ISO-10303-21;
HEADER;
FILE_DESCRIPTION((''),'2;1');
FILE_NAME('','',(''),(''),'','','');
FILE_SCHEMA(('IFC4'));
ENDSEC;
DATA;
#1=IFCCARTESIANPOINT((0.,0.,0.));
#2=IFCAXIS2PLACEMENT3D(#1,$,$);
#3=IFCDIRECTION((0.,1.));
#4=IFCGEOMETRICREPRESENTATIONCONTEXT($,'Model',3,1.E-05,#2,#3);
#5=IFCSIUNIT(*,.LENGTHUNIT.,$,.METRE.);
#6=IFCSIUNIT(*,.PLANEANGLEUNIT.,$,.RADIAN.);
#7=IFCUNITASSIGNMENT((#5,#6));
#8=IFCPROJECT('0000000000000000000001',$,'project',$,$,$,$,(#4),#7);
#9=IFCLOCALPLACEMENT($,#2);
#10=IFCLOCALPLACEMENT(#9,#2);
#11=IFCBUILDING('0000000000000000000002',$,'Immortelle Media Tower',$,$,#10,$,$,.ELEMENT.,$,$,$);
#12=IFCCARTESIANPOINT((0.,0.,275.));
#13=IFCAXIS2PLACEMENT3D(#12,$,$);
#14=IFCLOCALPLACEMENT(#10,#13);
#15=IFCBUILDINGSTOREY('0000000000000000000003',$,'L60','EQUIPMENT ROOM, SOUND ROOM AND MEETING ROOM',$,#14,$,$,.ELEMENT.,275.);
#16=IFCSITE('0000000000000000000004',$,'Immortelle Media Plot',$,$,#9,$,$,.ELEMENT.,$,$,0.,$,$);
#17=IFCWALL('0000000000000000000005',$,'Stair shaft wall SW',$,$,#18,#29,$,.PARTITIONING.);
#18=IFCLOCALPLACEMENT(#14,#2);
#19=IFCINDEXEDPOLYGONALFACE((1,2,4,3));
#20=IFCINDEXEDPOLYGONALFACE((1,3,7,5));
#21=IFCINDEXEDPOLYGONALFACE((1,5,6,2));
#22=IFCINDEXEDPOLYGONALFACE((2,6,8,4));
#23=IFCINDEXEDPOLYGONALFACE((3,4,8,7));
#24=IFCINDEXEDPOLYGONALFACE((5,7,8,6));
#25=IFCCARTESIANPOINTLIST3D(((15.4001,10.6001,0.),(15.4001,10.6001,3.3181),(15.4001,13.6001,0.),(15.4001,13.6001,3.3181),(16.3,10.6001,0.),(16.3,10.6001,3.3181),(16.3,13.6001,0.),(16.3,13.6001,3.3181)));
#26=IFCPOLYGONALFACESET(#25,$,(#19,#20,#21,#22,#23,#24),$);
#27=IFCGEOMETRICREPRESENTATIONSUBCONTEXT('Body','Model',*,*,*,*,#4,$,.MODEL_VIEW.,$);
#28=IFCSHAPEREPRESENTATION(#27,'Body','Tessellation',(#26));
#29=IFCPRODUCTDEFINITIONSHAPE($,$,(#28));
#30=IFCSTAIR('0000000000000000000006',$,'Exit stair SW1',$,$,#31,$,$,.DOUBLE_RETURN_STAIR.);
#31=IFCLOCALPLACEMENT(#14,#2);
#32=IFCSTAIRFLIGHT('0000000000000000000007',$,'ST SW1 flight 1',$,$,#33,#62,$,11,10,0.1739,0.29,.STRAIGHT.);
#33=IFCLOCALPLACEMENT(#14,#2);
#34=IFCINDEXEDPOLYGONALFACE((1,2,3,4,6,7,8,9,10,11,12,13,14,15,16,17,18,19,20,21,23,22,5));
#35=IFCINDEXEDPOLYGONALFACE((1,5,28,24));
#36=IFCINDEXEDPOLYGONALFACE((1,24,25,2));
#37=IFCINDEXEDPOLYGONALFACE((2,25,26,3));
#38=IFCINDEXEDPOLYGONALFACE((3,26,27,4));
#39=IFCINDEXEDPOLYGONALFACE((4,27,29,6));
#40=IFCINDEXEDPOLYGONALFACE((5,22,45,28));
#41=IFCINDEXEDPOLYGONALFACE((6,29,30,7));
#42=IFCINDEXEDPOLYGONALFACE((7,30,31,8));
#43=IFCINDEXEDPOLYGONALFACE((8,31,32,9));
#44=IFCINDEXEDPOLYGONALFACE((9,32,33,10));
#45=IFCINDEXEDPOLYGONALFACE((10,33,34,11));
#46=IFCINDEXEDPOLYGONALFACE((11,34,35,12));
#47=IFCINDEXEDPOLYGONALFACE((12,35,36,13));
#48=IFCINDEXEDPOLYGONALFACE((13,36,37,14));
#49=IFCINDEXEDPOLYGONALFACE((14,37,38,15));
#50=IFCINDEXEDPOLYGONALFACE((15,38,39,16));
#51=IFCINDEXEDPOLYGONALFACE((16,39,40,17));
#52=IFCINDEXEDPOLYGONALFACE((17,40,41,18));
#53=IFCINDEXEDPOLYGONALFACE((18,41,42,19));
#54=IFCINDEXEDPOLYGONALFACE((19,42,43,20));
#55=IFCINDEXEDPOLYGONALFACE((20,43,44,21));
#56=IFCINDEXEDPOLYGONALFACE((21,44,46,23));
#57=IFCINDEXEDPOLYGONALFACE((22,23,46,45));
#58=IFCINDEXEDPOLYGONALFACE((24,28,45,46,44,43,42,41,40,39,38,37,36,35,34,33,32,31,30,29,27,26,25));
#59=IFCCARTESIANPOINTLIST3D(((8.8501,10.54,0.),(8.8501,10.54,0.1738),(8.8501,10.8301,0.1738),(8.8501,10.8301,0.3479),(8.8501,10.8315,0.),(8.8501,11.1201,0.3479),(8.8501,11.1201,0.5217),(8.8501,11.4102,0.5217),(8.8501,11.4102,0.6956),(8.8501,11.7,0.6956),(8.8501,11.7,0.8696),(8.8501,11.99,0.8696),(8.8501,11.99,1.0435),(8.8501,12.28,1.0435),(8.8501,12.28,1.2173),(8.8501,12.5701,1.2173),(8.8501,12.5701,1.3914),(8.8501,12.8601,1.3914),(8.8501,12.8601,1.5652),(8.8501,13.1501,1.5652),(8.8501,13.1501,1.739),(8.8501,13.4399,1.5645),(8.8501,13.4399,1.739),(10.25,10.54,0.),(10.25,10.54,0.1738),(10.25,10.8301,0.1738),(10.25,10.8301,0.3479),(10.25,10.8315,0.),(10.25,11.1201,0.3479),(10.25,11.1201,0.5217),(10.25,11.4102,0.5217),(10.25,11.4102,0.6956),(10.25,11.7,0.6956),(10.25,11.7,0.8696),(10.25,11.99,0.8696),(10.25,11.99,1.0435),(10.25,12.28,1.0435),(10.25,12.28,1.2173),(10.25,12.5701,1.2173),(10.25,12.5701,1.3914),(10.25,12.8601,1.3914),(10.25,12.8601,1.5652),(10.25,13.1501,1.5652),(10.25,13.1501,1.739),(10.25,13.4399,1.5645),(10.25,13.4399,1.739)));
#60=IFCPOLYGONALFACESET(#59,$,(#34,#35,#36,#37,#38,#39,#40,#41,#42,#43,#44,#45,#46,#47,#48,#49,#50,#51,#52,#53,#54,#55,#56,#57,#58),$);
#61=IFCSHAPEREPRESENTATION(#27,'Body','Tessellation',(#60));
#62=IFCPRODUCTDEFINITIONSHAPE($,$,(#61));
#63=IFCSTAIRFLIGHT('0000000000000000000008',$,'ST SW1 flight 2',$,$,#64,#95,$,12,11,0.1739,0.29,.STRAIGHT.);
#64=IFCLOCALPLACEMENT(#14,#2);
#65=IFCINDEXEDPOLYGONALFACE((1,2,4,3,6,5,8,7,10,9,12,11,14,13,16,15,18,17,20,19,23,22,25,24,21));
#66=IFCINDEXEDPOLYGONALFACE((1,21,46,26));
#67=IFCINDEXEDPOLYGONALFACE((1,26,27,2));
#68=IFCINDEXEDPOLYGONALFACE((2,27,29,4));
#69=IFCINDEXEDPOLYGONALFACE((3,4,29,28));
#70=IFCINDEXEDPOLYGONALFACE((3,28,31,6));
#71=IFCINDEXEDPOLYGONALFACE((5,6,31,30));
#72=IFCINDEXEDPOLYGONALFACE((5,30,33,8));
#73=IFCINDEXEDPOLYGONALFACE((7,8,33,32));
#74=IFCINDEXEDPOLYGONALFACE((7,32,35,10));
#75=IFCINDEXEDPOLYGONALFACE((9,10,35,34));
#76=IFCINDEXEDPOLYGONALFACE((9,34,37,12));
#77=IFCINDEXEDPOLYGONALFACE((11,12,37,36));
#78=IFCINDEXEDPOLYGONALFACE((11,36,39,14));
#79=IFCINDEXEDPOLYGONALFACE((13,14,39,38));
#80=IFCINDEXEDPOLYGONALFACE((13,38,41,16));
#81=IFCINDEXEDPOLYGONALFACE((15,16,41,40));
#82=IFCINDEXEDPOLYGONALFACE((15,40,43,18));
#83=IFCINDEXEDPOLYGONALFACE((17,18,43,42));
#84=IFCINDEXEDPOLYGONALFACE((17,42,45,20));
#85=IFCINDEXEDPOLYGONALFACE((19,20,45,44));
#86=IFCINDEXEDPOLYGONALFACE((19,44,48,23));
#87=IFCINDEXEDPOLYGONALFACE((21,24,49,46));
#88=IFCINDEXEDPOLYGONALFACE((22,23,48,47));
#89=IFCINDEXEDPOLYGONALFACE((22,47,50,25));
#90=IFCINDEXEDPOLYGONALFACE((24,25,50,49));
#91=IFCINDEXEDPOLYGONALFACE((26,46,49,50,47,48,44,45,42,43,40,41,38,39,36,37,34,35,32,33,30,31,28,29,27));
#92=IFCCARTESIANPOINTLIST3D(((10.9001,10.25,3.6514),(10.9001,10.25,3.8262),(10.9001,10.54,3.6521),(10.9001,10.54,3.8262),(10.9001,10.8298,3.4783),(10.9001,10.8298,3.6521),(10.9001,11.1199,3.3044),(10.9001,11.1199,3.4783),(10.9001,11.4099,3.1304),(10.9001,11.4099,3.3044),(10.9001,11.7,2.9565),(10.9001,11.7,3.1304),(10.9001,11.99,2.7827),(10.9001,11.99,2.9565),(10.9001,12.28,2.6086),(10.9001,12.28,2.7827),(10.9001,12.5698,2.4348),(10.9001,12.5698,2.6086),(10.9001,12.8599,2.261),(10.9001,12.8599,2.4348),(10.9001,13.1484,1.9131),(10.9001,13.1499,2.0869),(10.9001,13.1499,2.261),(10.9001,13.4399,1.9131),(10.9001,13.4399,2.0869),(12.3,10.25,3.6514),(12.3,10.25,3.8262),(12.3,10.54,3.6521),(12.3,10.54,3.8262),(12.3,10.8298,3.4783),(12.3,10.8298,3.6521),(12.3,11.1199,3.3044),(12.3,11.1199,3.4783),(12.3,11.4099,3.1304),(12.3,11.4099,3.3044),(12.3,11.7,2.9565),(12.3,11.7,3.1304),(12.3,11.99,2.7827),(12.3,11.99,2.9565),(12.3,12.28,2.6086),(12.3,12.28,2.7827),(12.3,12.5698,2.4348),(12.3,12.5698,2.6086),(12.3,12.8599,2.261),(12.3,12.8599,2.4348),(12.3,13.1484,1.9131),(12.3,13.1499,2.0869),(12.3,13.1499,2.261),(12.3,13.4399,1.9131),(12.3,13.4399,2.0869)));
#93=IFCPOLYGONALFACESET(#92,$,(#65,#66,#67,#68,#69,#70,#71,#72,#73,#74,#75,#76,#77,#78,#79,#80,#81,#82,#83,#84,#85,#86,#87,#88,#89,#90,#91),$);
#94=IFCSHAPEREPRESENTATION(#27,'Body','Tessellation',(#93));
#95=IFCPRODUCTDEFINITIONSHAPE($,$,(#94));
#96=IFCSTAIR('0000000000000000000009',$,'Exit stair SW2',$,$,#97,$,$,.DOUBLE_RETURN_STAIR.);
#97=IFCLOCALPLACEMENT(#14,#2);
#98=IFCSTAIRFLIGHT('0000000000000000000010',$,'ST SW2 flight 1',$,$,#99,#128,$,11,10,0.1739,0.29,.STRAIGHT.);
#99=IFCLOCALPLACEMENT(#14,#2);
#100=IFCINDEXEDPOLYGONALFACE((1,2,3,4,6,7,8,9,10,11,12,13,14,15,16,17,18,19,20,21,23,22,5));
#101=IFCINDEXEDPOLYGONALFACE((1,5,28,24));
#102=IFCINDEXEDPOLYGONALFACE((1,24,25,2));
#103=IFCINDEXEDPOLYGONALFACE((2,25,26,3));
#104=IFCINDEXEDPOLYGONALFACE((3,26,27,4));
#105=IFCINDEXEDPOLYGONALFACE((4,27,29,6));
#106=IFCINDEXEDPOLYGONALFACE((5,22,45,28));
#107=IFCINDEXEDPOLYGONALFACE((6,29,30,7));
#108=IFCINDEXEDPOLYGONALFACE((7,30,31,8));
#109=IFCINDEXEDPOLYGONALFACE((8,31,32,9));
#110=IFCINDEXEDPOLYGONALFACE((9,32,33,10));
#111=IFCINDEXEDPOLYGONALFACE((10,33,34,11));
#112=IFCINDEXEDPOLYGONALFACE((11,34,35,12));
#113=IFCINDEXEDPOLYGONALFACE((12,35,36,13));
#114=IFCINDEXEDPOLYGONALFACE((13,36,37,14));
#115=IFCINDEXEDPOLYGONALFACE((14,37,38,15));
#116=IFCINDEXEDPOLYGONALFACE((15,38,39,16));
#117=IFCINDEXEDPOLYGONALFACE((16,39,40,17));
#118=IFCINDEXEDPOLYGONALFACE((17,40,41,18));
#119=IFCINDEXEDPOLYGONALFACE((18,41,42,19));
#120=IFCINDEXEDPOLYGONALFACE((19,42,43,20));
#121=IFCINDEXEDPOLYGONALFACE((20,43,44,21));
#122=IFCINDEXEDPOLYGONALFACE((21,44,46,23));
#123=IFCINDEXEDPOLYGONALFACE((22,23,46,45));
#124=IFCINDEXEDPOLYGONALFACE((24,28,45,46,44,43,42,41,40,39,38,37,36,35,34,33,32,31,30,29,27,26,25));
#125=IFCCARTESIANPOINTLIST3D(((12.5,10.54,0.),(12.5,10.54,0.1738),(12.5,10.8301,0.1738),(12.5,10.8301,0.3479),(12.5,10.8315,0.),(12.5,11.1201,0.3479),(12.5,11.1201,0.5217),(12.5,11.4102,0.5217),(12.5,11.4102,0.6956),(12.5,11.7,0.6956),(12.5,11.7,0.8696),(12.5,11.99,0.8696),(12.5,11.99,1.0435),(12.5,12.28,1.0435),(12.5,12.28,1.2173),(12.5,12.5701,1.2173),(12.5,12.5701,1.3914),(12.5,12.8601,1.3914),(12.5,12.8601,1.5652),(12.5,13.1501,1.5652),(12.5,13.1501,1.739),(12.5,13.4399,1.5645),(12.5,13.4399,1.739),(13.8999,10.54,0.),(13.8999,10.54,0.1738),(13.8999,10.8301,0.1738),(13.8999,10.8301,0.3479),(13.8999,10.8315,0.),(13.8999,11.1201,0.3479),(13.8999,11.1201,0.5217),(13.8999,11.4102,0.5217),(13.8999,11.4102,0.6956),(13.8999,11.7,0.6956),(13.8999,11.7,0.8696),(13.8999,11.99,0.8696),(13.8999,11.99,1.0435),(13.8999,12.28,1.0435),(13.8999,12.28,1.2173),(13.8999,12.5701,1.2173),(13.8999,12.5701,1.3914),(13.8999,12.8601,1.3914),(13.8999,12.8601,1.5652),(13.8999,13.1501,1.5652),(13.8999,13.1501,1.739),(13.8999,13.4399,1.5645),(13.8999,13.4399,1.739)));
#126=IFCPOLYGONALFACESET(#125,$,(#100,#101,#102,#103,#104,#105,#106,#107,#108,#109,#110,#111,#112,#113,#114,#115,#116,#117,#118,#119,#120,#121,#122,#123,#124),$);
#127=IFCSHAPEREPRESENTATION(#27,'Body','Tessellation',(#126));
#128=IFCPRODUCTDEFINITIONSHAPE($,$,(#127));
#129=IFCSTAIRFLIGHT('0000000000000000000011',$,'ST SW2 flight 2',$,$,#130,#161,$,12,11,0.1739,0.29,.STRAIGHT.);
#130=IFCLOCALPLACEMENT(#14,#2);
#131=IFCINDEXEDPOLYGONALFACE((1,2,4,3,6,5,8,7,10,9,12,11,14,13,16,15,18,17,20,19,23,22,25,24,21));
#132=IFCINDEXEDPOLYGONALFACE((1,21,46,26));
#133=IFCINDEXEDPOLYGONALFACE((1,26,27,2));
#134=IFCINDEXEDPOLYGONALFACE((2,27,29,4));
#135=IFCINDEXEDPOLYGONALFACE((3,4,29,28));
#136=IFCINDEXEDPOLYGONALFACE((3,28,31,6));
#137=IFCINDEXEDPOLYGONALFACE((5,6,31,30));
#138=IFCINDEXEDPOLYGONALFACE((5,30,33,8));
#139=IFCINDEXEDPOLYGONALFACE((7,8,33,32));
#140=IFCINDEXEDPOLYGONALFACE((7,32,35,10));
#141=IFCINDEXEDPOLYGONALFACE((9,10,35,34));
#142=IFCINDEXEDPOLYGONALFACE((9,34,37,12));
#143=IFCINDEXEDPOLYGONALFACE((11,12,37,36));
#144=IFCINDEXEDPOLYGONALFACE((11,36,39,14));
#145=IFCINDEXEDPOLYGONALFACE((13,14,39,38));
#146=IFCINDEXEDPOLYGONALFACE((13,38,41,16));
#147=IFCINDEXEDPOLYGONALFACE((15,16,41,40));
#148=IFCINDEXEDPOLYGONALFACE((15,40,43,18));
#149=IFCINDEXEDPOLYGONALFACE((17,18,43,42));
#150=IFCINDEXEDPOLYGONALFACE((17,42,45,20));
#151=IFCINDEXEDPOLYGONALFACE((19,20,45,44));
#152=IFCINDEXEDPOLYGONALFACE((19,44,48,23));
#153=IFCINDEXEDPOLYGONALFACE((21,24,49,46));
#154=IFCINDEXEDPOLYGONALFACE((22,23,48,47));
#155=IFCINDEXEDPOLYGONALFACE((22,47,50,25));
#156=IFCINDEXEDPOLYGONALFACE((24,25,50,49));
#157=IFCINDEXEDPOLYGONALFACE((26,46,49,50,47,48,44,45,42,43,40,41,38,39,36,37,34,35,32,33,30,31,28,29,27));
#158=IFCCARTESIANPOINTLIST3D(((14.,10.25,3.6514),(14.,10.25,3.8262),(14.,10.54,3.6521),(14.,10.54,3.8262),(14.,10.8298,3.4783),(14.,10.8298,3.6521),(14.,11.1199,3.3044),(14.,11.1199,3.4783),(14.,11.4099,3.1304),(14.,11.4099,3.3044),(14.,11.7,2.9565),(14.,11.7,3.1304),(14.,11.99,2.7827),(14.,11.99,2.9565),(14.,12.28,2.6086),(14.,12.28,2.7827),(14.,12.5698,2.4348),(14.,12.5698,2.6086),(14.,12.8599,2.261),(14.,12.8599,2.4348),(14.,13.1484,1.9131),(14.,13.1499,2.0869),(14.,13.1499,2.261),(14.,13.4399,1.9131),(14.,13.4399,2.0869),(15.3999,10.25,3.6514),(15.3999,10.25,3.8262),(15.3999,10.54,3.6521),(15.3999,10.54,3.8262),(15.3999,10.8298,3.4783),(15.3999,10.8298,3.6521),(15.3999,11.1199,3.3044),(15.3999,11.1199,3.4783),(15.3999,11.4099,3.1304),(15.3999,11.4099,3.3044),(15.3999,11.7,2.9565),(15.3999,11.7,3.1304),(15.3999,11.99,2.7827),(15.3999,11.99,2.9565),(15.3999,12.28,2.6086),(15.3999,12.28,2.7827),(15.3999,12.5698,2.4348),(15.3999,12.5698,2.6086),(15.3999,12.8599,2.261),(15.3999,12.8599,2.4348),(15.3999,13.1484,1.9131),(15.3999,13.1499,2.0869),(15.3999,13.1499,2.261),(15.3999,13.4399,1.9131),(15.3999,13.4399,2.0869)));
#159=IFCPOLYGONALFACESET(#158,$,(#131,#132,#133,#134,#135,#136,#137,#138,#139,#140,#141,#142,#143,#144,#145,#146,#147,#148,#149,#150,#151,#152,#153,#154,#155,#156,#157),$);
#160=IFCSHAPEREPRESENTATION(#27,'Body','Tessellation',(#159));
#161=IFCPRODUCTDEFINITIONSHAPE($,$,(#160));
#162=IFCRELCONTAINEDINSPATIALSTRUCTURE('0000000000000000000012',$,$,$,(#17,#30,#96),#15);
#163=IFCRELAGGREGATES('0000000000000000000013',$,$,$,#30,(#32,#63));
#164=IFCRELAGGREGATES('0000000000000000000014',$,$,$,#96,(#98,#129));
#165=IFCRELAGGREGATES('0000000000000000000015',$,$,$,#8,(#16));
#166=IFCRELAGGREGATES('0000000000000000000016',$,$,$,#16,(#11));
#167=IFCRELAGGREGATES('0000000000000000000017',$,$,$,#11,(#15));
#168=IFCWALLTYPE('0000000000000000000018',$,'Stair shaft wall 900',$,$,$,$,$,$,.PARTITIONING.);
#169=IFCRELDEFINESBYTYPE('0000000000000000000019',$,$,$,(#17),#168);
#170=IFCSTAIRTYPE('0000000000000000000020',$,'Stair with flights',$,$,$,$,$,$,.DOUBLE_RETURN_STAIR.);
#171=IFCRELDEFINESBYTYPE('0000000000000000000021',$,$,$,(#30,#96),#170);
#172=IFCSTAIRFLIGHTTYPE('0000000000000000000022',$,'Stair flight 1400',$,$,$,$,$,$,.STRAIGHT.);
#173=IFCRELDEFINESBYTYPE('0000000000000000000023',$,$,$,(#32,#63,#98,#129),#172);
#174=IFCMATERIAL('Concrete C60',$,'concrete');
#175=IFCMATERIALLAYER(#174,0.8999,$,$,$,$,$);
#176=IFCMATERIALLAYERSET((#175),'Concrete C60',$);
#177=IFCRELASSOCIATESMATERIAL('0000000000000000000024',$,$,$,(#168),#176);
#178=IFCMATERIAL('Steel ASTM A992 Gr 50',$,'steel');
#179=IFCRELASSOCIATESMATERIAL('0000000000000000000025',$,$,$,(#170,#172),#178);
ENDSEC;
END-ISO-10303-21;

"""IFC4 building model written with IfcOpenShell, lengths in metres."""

from ifc_helpers import new_model, si_unit, direction, frame, frame_2d, origin, place, context, subcontext, project, spatial, polyline, rectangle, outline, extrude, material, layer, layer_set, type_object, element, aggregate, save


model = new_model("IFC4")

# Units and contexts
model_context = context("Model", 3, precision=1e-05, world=origin(), true_north=direction((0.0, 1.0)))
body_context = subcontext(model_context, "Body", "Model", "MODEL_VIEW")
ifc_project = project(units=[si_unit("LENGTHUNIT", "METRE"), si_unit("PLANEANGLEUNIT", "RADIAN")], contexts=[model_context])

# Site, building, storey
site_placement = place(None, origin())
site = spatial("IfcSite", under=ifc_project, at=site_placement, Name="Immortelle Media Plot", CompositionType="ELEMENT", RefElevation=0.0)
building_placement = place(site_placement, origin())
building = spatial("IfcBuilding", under=site, at=building_placement, Name="Immortelle Media Tower", CompositionType="ELEMENT")
storey_placement = place(building_placement, frame((0.0, 0.0, 275.0)))
storey = spatial("IfcBuildingStorey", under=building, at=storey_placement, Name="L60", Description="EQUIPMENT ROOM, SOUND ROOM AND MEETING ROOM", CompositionType="ELEMENT", Elevation=275.0)

# Shared definitions
ifc_material_1 = material(Name="Steel ASTM A992 Gr 50", Category="steel")

# Shared definitions
ifc_material_2 = material(Name="Concrete C60", Category="concrete")

# Shared definitions
ifc_layer_1 = layer(ifc_material_2, 0.8999)
ifc_layer_set_1 = layer_set([ifc_layer_1], Name="Concrete C60")
wall_type_1 = type_object("IfcWallType", Name="Stair shaft wall 900", PredefinedType="PARTITIONING", material=ifc_layer_set_1)

# Wall
wall_1_placement = place(storey_placement, frame((15.8501, 10.6001, 0.0), z_axis=(0.0, 0.0, 1.0), x_axis=(0.0, 1.0, 0.0)))
element("IfcWall", 1, at=wall_1_placement, inside=storey, type_object=wall_type_1, Name="Stair shaft wall SW", PredefinedType="PARTITIONING", context=body_context, shape_type="SweptSolid", body=[
    extrude(rectangle(XDim=3.0, YDim=0.8999, at=frame_2d((1.5, 0.0))), origin(), (0.0, 0.0, 1.0), 3.3181),
])

# Stairs, stair flights
stair_type = type_object("IfcStairType", Name="Stair with flights", PredefinedType="DOUBLE_RETURN_STAIR", material=ifc_material_1)
stair_1_placement = place(storey_placement, origin())
stair_1 = element("IfcStair", 2, at=stair_1_placement, inside=storey, type_object=stair_type, Name="Exit stair SW1", PredefinedType="DOUBLE_RETURN_STAIR")
stair_flight_type = type_object("IfcStairFlightType", Name="Stair flight 1400", PredefinedType="STRAIGHT", material=ifc_material_1)
stair_flight_1_placement = place(storey_placement, frame((9.55, 10.54, 0.0), z_axis=(0.0, 0.0, 1.0), x_axis=(0.0, 1.0, 0.0)))
stair_flight_1 = element("IfcStairFlight", 3, at=stair_flight_1_placement, type_object=stair_flight_type, Name="ST SW1 flight 1", NumberOfRisers=11, NumberOfTreads=10, PredefinedType="STRAIGHT", RiserHeight=0.1739, TreadLength=0.29, context=body_context, shape_type="SweptSolid", body=[
    extrude(outline(polyline([(0.0, 0.0), (0.0, 0.1738), (0.29, 0.1738), (0.29, 0.3479), (0.5801, 0.3479), (0.5801, 0.5217), (0.8701, 0.5217), (0.8701, 0.6956), (1.1599, 0.6956), (1.1599, 0.8696), (1.45, 0.8696), (1.45, 1.0435), (1.74, 1.0435), (1.74, 1.2173), (2.03, 1.2173), (2.03, 1.3914), (2.3201, 1.3914), (2.3201, 1.5652), (2.6101, 1.5652), (2.6101, 1.739), (2.8999, 1.739), (2.8999, 1.9131), (2.8999, 1.5645), (0.2915, 0.0), (0.0, 0.0)])), frame((0.0, 0.7, 0.0), z_axis=(0.0, -1.0, 0.0), x_axis=(1.0, 0.0, 0.0)), (0.0, 0.0, 1.0), 1.3999),
])
stair_flight_2_placement = place(storey_placement, frame((11.6001, 13.4399, 1.9131), z_axis=(0.0, 0.0, 1.0), x_axis=(0.0, -1.0, 0.0)))
stair_flight_2 = element("IfcStairFlight", 4, at=stair_flight_2_placement, type_object=stair_flight_type, Name="ST SW1 flight 2", NumberOfRisers=12, NumberOfTreads=11, PredefinedType="STRAIGHT", RiserHeight=0.1739, TreadLength=0.29, context=body_context, shape_type="SweptSolid", body=[
    extrude(outline(polyline([(0.0, 0.0), (0.0, 0.1738), (0.29, 0.1738), (0.29, 0.3479), (0.5801, 0.3479), (0.5801, 0.5217), (0.8701, 0.5217), (0.8701, 0.6956), (1.1599, 0.6956), (1.1599, 0.8696), (1.45, 0.8696), (1.45, 1.0435), (1.74, 1.0435), (1.74, 1.2173), (2.03, 1.2173), (2.03, 1.3914), (2.3201, 1.3914), (2.3201, 1.5652), (2.6101, 1.5652), (2.6101, 1.739), (2.8999, 1.739), (2.8999, 1.9131), (3.1899, 1.9131), (3.1899, 2.0869), (3.1899, 1.7383), (0.2915, 0.0), (0.0, 0.0)])), frame((0.0, 0.7, 0.0), z_axis=(0.0, -1.0, 0.0), x_axis=(1.0, 0.0, 0.0)), (0.0, 0.0, 1.0), 1.3999),
])
aggregate(stair_1, [stair_flight_1, stair_flight_2])
stair_2_placement = place(storey_placement, origin())
stair_2 = element("IfcStair", 5, at=stair_2_placement, inside=storey, type_object=stair_type, Name="Exit stair SW2", PredefinedType="DOUBLE_RETURN_STAIR")
stair_flight_3_placement = place(storey_placement, frame((13.2, 10.54, 0.0), z_axis=(0.0, 0.0, 1.0), x_axis=(0.0, 1.0, 0.0)))
stair_flight_3 = element("IfcStairFlight", 6, at=stair_flight_3_placement, type_object=stair_flight_type, Name="ST SW2 flight 1", NumberOfRisers=11, NumberOfTreads=10, PredefinedType="STRAIGHT", RiserHeight=0.1739, TreadLength=0.29, context=body_context, shape_type="SweptSolid", body=[
    extrude(outline(polyline([(0.0, 0.0), (0.0, 0.1738), (0.29, 0.1738), (0.29, 0.3479), (0.5801, 0.3479), (0.5801, 0.5217), (0.8701, 0.5217), (0.8701, 0.6956), (1.1599, 0.6956), (1.1599, 0.8696), (1.45, 0.8696), (1.45, 1.0435), (1.74, 1.0435), (1.74, 1.2173), (2.03, 1.2173), (2.03, 1.3914), (2.3201, 1.3914), (2.3201, 1.5652), (2.6101, 1.5652), (2.6101, 1.739), (2.8999, 1.739), (2.8999, 1.9131), (2.8999, 1.5645), (0.2915, 0.0), (0.0, 0.0)])), frame((0.0, 0.7, 0.0), z_axis=(0.0, -1.0, 0.0), x_axis=(1.0, 0.0, 0.0)), (0.0, 0.0, 1.0), 1.3999),
])
stair_flight_4_placement = place(storey_placement, frame((14.7, 13.4399, 1.9131), z_axis=(0.0, 0.0, 1.0), x_axis=(0.0, -1.0, 0.0)))
stair_flight_4 = element("IfcStairFlight", 7, at=stair_flight_4_placement, type_object=stair_flight_type, Name="ST SW2 flight 2", NumberOfRisers=12, NumberOfTreads=11, PredefinedType="STRAIGHT", RiserHeight=0.1739, TreadLength=0.29, context=body_context, shape_type="SweptSolid", body=[
    extrude(outline(polyline([(0.0, 0.0), (0.0, 0.1738), (0.29, 0.1738), (0.29, 0.3479), (0.5801, 0.3479), (0.5801, 0.5217), (0.8701, 0.5217), (0.8701, 0.6956), (1.1599, 0.6956), (1.1599, 0.8696), (1.45, 0.8696), (1.45, 1.0435), (1.74, 1.0435), (1.74, 1.2173), (2.03, 1.2173), (2.03, 1.3914), (2.3201, 1.3914), (2.3201, 1.5652), (2.6101, 1.5652), (2.6101, 1.739), (2.8999, 1.739), (2.8999, 1.9131), (3.1899, 1.9131), (3.1899, 2.0869), (3.1899, 1.7383), (0.2915, 0.0), (0.0, 0.0)])), frame((0.0, 0.7, 0.0), z_axis=(0.0, -1.0, 0.0), x_axis=(1.0, 0.0, 0.0)), (0.0, 0.0, 1.0), 1.3999),
])
aggregate(stair_2, [stair_flight_3, stair_flight_4])

save(model, "model.ifc")
